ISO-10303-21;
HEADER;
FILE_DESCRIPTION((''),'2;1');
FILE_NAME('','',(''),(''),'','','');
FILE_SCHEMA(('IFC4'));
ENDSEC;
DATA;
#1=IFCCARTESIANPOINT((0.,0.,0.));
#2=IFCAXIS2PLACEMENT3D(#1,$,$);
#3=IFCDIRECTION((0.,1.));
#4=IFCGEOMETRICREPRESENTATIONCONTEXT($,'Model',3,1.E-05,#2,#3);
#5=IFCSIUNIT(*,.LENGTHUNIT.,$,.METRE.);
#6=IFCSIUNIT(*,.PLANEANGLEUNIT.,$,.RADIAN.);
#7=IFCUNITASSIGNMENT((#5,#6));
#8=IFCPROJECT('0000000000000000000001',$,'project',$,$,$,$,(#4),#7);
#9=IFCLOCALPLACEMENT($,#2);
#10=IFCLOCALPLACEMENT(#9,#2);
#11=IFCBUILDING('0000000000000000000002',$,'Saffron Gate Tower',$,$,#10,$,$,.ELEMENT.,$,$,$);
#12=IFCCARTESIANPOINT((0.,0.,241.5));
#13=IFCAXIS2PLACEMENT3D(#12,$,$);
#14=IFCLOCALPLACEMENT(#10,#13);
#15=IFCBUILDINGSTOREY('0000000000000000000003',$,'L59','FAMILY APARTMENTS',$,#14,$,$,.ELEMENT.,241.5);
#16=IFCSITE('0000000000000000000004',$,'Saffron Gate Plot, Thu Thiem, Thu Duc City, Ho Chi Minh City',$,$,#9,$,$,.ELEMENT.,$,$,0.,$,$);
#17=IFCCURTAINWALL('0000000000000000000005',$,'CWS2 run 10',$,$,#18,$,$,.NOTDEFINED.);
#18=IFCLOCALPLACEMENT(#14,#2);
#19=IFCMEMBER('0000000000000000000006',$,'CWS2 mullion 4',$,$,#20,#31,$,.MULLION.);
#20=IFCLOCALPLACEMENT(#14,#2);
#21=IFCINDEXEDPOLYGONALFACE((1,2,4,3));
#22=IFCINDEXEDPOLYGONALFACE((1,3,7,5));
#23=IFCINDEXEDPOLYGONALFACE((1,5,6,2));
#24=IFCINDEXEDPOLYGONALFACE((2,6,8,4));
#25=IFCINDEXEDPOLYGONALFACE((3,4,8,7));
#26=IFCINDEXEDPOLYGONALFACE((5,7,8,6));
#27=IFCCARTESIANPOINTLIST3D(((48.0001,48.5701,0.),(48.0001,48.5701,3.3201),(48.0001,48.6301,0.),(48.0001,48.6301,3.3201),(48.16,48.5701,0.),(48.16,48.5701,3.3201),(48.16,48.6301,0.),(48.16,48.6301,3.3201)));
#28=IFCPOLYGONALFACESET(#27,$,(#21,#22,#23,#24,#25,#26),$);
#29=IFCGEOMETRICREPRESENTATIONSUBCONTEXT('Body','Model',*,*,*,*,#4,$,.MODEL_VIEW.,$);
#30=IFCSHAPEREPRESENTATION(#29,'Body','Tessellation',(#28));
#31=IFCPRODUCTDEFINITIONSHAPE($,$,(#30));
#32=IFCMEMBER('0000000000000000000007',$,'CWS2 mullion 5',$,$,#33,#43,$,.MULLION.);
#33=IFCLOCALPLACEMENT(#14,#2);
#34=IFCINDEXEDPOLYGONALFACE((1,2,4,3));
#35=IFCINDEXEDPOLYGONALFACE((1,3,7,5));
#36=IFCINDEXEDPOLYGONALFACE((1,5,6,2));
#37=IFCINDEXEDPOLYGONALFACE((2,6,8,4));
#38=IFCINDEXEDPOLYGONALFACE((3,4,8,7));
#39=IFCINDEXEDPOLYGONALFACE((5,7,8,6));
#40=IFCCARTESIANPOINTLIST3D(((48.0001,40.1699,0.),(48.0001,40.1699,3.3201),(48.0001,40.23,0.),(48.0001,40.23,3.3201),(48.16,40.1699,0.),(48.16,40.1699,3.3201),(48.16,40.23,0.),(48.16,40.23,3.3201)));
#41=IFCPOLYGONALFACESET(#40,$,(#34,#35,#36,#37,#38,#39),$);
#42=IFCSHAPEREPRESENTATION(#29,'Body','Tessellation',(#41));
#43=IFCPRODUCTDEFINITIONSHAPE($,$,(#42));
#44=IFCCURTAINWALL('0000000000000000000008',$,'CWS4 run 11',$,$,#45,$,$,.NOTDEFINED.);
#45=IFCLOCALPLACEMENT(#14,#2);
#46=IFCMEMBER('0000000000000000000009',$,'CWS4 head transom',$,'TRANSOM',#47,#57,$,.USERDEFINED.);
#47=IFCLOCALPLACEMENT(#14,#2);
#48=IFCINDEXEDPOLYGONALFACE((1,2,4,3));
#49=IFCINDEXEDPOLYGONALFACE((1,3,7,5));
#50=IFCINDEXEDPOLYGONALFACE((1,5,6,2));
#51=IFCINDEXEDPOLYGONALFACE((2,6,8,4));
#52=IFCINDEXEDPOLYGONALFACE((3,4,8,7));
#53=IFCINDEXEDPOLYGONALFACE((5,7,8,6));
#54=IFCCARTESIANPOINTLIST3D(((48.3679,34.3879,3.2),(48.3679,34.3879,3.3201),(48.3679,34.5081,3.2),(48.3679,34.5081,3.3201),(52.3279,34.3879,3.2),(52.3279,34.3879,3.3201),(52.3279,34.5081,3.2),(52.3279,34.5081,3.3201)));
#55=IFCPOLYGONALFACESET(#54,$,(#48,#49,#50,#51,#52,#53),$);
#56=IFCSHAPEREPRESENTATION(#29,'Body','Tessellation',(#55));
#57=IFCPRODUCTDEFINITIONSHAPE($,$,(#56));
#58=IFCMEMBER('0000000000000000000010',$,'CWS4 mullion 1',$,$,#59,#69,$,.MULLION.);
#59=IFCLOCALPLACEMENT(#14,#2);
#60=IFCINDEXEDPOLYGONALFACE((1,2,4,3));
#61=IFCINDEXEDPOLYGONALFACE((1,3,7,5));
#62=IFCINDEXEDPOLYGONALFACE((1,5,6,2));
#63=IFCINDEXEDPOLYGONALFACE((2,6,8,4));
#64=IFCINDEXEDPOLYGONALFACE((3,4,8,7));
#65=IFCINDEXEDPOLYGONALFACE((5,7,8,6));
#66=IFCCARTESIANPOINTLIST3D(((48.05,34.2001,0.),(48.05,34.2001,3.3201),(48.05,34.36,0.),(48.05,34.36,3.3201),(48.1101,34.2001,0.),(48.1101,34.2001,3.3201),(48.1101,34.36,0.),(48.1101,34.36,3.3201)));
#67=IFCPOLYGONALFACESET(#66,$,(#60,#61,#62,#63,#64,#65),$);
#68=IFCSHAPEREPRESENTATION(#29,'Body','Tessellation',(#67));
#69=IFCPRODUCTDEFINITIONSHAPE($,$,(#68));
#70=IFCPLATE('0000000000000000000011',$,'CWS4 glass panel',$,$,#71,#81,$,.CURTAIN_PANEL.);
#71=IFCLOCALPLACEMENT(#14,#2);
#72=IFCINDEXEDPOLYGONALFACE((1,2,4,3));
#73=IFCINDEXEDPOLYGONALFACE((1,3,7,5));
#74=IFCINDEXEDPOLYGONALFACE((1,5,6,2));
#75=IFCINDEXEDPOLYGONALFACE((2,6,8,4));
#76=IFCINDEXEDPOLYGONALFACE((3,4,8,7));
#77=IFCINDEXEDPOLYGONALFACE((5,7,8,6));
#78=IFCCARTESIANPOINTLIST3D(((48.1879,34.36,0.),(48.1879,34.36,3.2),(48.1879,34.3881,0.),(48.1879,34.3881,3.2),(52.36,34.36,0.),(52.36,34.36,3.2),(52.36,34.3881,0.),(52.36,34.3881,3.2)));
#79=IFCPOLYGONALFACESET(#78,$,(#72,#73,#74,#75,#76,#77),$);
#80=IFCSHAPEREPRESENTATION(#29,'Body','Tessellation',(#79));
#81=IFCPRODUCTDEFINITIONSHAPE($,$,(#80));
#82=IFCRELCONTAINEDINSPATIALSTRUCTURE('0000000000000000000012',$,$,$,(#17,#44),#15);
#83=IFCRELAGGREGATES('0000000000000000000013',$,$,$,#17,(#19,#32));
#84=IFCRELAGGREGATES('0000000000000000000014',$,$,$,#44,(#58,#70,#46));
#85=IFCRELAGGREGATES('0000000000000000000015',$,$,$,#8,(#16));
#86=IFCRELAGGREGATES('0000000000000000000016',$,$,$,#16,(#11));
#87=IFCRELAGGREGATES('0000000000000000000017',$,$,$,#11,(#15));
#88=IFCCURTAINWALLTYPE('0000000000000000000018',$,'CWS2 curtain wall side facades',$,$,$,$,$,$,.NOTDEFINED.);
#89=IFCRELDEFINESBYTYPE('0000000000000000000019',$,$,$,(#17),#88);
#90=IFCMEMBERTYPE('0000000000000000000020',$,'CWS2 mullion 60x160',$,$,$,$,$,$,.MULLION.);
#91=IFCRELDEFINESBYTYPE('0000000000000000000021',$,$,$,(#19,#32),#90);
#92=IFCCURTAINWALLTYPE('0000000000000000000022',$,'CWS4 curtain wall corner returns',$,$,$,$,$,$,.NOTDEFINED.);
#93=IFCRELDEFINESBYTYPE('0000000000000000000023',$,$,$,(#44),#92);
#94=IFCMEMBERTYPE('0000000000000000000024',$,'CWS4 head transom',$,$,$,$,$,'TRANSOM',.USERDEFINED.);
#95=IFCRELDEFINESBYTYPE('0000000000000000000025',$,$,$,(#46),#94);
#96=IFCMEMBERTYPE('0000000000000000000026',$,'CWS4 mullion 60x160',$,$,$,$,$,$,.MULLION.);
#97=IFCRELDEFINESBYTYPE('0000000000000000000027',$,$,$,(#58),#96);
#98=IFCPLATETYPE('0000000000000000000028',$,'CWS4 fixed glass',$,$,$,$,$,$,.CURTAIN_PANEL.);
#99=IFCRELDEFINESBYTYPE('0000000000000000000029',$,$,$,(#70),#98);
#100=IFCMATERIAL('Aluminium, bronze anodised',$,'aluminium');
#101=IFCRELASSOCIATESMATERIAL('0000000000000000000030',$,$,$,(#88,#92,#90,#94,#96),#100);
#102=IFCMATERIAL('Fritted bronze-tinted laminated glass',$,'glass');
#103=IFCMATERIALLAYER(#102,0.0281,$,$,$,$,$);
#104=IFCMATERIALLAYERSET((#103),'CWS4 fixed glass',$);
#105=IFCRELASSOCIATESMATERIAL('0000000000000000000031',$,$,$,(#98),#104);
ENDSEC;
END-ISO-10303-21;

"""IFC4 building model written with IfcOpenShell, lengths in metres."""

from ifc_helpers import new_model, si_unit, direction, frame, frame_2d, origin, origin_2d, place, context, subcontext, project, spatial, rectangle, extrude, material, layer, layer_set, material_profile, profile_set, type_object, element, aggregate, save


model = new_model("IFC4")

# Units and contexts
model_context = context("Model", 3, precision=1e-05, world=origin(), true_north=direction((0.0, 1.0)))
body_context = subcontext(model_context, "Body", "Model", "MODEL_VIEW")
ifc_project = project(units=[si_unit("LENGTHUNIT", "METRE"), si_unit("PLANEANGLEUNIT", "RADIAN")], contexts=[model_context])

# Site, building, storey
site_placement = place(None, origin())
site = spatial("IfcSite", under=ifc_project, at=site_placement, Name="Saffron Gate Plot, Thu Thiem, Thu Duc City, Ho Chi Minh City", CompositionType="ELEMENT", RefElevation=0.0)
building_placement = place(site_placement, origin())
building = spatial("IfcBuilding", under=site, at=building_placement, Name="Saffron Gate Tower", CompositionType="ELEMENT")
storey_placement = place(building_placement, frame((0.0, 0.0, 241.5)))
storey = spatial("IfcBuildingStorey", under=building, at=storey_placement, Name="L59", Description="FAMILY APARTMENTS", CompositionType="ELEMENT", Elevation=241.5)

# Curtain wall, members
ifc_material_1 = material(Name="Aluminium, bronze anodised", Category="aluminium")
curtain_wall_type_1 = type_object("IfcCurtainWallType", Name="CWS2 curtain wall side facades", PredefinedType="NOTDEFINED", material=ifc_material_1)
curtain_wall_1_placement = place(storey_placement, origin())
curtain_wall_1 = element("IfcCurtainWall", 1, at=curtain_wall_1_placement, inside=storey, type_object=curtain_wall_type_1, Name="CWS2 run 10", PredefinedType="NOTDEFINED")
ifc_material_profile_1 = material_profile(ifc_material_1, rectangle(XDim=0.1599, YDim=0.0601, at=origin_2d()))
ifc_profile_set_1 = profile_set([ifc_material_profile_1], Name="Aluminium, bronze anodised")
member_type_1 = type_object("IfcMemberType", Name="CWS2 mullion 60x160", PredefinedType="MULLION", material=ifc_profile_set_1)
member_1_placement = place(storey_placement, frame((48.0801, 48.6001, 0.0), z_axis=(0.0, 0.0, 1.0), x_axis=(1.0, 0.0, 0.0)))
member_1 = element("IfcMember", 2, at=member_1_placement, type_object=member_type_1, Name="CWS2 mullion 4", PredefinedType="MULLION", context=body_context, shape_type="SweptSolid", body=[
    extrude(rectangle(XDim=0.1599, YDim=0.0601, at=origin_2d()), origin(), (0.0, 0.0, 1.0), 3.3201),
])
member_2_placement = place(storey_placement, frame((48.0801, 40.2, 0.0), z_axis=(0.0, 0.0, 1.0), x_axis=(1.0, 0.0, 0.0)))
member_2 = element("IfcMember", 3, at=member_2_placement, type_object=member_type_1, Name="CWS2 mullion 5", PredefinedType="MULLION", context=body_context, shape_type="SweptSolid", body=[
    extrude(rectangle(XDim=0.1599, YDim=0.0601, at=origin_2d()), origin(), (0.0, 0.0, 1.0), 3.3201),
])
aggregate(curtain_wall_1, [member_1, member_2])

# Curtain wall, members, plate
curtain_wall_type_2 = type_object("IfcCurtainWallType", Name="CWS4 curtain wall corner returns", PredefinedType="NOTDEFINED", material=ifc_material_1)
curtain_wall_2_placement = place(storey_placement, origin())
curtain_wall_2 = element("IfcCurtainWall", 4, at=curtain_wall_2_placement, inside=storey, type_object=curtain_wall_type_2, Name="CWS4 run 11", PredefinedType="NOTDEFINED")
ifc_material_profile_2 = material_profile(ifc_material_1, rectangle(XDim=0.1201, YDim=0.1201, at=origin_2d()))
ifc_profile_set_2 = profile_set([ifc_material_profile_2], Name="Aluminium, bronze anodised")
member_type_2 = type_object("IfcMemberType", Name="CWS4 head transom", ElementType="TRANSOM", PredefinedType="USERDEFINED", material=ifc_profile_set_2)
member_3_placement = place(storey_placement, frame((48.3679, 34.448, 3.26), z_axis=(1.0, 0.0, 0.0), x_axis=(0.0, 1.0, 0.0)))
member_3 = element("IfcMember", 5, at=member_3_placement, type_object=member_type_2, Name="CWS4 head transom", ObjectType="TRANSOM", PredefinedType="USERDEFINED", context=body_context, shape_type="SweptSolid", body=[
    extrude(rectangle(XDim=0.1201, YDim=0.1201, at=origin_2d()), origin(), (0.0, 0.0, 1.0), 3.96),
])
ifc_material_profile_3 = material_profile(ifc_material_1, rectangle(XDim=0.1599, YDim=0.0601, at=origin_2d()))
ifc_profile_set_3 = profile_set([ifc_material_profile_3], Name="Aluminium, bronze anodised")
member_type_3 = type_object("IfcMemberType", Name="CWS4 mullion 60x160", PredefinedType="MULLION", material=ifc_profile_set_3)
member_4_placement = place(storey_placement, frame((48.0801, 34.28, 0.0), z_axis=(0.0, 0.0, 1.0), x_axis=(0.0, 1.0, 0.0)))
member_4 = element("IfcMember", 6, at=member_4_placement, type_object=member_type_3, Name="CWS4 mullion 1", PredefinedType="MULLION", context=body_context, shape_type="SweptSolid", body=[
    extrude(rectangle(XDim=0.1599, YDim=0.0601, at=origin_2d()), origin(), (0.0, 0.0, 1.0), 3.3201),
])
ifc_material_2 = material(Name="Fritted bronze-tinted laminated glass", Category="glass")
ifc_layer_1 = layer(ifc_material_2, 0.0281)
ifc_layer_set_1 = layer_set([ifc_layer_1], Name="CWS4 fixed glass")
plate_type = type_object("IfcPlateType", Name="CWS4 fixed glass", PredefinedType="CURTAIN_PANEL", material=ifc_layer_set_1)
plate_placement = place(storey_placement, frame((48.188, 34.374, 0.0), z_axis=(0.0, 0.0, 1.0), x_axis=(1.0, 0.0, 0.0)))
plate = element("IfcPlate", 7, at=plate_placement, type_object=plate_type, Name="CWS4 glass panel", PredefinedType="CURTAIN_PANEL", context=body_context, shape_type="SweptSolid", body=[
    extrude(rectangle(XDim=4.1721, YDim=0.0281, at=frame_2d((2.0859, 0.0))), origin(), (0.0, 0.0, 1.0), 3.2),
])
aggregate(curtain_wall_2, [member_4, plate, member_3])

save(model, "model.ifc")
